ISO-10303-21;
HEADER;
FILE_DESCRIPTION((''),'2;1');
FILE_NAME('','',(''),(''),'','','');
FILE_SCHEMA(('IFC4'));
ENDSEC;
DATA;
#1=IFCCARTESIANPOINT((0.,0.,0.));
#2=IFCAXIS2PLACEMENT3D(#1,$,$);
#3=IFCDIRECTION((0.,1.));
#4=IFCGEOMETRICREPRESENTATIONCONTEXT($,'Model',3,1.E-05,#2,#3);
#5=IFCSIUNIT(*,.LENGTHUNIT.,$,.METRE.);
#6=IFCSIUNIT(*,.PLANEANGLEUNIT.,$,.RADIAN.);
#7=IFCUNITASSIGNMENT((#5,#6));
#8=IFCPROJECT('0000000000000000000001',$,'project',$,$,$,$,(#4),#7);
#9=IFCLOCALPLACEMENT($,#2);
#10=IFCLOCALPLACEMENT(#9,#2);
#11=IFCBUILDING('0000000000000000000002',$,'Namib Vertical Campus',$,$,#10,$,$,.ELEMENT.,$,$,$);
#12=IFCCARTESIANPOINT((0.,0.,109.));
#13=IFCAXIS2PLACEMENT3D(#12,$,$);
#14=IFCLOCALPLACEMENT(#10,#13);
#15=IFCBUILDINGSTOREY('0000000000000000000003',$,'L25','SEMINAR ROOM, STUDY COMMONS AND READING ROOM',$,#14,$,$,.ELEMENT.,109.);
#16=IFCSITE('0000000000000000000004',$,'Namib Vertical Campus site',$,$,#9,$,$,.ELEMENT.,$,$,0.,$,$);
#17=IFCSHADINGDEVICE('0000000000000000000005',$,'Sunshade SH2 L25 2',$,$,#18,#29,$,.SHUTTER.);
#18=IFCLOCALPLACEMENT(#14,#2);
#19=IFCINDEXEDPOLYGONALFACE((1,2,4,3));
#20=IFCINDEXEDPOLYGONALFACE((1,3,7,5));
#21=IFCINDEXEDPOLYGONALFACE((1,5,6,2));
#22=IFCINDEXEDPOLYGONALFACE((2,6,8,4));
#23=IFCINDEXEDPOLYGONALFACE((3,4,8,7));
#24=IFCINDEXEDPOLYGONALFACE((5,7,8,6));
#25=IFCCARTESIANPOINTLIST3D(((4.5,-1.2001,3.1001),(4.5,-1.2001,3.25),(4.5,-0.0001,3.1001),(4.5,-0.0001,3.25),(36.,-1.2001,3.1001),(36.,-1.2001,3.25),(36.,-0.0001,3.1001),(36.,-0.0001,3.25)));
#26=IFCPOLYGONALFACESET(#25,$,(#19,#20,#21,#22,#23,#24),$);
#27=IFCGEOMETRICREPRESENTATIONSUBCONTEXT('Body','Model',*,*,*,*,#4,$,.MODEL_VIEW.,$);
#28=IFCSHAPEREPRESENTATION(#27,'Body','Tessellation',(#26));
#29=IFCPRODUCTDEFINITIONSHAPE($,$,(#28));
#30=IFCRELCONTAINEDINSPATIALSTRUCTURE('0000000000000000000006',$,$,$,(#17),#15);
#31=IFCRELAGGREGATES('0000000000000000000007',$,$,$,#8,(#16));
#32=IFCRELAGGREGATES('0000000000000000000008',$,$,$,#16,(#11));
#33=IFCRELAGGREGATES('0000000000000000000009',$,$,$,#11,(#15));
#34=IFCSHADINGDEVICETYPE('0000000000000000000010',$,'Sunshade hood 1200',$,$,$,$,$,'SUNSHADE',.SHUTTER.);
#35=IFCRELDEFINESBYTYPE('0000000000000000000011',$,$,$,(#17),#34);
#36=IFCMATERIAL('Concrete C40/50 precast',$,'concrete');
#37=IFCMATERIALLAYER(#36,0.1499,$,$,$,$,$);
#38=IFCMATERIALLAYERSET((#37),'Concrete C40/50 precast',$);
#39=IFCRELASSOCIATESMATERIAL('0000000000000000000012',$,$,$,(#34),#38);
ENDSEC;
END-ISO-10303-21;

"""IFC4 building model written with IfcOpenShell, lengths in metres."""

from ifc_helpers import new_model, si_unit, direction, frame, origin, origin_2d, place, context, subcontext, project, spatial, rectangle, extrude, material, layer, layer_set, type_object, element, save


model = new_model("IFC4")

# Units and contexts
model_context = context("Model", 3, precision=1e-05, world=origin(), true_north=direction((0.0, 1.0)))
body_context = subcontext(model_context, "Body", "Model", "MODEL_VIEW")
ifc_project = project(units=[si_unit("LENGTHUNIT", "METRE"), si_unit("PLANEANGLEUNIT", "RADIAN")], contexts=[model_context])

# Site, building, storey
site_placement = place(None, origin())
site = spatial("IfcSite", under=ifc_project, at=site_placement, Name="Namib Vertical Campus site", CompositionType="ELEMENT", RefElevation=0.0)
building_placement = place(site_placement, origin())
building = spatial("IfcBuilding", under=site, at=building_placement, Name="Namib Vertical Campus", CompositionType="ELEMENT")
storey_placement = place(building_placement, frame((0.0, 0.0, 109.0)))
storey = spatial("IfcBuildingStorey", under=building, at=storey_placement, Name="L25", Description="SEMINAR ROOM, STUDY COMMONS AND READING ROOM", CompositionType="ELEMENT", Elevation=109.0)

# Shading device
ifc_material_1 = material(Name="Concrete C40/50 precast", Category="concrete")
ifc_layer_1 = layer(ifc_material_1, 0.1499)
ifc_layer_set_1 = layer_set([ifc_layer_1], Name="Concrete C40/50 precast")
shading_device_type = type_object("IfcShadingDeviceType", Name="Sunshade hood 1200", ElementType="SUNSHADE", PredefinedType="SHUTTER", material=ifc_layer_set_1)
shading_device_placement = place(storey_placement, frame((20.25, -0.6001, 3.1001), z_axis=(0.0, 0.0, 1.0), x_axis=(1.0, 0.0, 0.0)))
element("IfcShadingDevice", 1, at=shading_device_placement, inside=storey, type_object=shading_device_type, Name="Sunshade SH2 L25 2", PredefinedType="SHUTTER", context=body_context, shape_type="SweptSolid", body=[
    extrude(rectangle(XDim=31.5, YDim=1.2, at=origin_2d()), origin(), (0.0, 0.0, 1.0), 0.1499),
])

save(model, "model.ifc")
